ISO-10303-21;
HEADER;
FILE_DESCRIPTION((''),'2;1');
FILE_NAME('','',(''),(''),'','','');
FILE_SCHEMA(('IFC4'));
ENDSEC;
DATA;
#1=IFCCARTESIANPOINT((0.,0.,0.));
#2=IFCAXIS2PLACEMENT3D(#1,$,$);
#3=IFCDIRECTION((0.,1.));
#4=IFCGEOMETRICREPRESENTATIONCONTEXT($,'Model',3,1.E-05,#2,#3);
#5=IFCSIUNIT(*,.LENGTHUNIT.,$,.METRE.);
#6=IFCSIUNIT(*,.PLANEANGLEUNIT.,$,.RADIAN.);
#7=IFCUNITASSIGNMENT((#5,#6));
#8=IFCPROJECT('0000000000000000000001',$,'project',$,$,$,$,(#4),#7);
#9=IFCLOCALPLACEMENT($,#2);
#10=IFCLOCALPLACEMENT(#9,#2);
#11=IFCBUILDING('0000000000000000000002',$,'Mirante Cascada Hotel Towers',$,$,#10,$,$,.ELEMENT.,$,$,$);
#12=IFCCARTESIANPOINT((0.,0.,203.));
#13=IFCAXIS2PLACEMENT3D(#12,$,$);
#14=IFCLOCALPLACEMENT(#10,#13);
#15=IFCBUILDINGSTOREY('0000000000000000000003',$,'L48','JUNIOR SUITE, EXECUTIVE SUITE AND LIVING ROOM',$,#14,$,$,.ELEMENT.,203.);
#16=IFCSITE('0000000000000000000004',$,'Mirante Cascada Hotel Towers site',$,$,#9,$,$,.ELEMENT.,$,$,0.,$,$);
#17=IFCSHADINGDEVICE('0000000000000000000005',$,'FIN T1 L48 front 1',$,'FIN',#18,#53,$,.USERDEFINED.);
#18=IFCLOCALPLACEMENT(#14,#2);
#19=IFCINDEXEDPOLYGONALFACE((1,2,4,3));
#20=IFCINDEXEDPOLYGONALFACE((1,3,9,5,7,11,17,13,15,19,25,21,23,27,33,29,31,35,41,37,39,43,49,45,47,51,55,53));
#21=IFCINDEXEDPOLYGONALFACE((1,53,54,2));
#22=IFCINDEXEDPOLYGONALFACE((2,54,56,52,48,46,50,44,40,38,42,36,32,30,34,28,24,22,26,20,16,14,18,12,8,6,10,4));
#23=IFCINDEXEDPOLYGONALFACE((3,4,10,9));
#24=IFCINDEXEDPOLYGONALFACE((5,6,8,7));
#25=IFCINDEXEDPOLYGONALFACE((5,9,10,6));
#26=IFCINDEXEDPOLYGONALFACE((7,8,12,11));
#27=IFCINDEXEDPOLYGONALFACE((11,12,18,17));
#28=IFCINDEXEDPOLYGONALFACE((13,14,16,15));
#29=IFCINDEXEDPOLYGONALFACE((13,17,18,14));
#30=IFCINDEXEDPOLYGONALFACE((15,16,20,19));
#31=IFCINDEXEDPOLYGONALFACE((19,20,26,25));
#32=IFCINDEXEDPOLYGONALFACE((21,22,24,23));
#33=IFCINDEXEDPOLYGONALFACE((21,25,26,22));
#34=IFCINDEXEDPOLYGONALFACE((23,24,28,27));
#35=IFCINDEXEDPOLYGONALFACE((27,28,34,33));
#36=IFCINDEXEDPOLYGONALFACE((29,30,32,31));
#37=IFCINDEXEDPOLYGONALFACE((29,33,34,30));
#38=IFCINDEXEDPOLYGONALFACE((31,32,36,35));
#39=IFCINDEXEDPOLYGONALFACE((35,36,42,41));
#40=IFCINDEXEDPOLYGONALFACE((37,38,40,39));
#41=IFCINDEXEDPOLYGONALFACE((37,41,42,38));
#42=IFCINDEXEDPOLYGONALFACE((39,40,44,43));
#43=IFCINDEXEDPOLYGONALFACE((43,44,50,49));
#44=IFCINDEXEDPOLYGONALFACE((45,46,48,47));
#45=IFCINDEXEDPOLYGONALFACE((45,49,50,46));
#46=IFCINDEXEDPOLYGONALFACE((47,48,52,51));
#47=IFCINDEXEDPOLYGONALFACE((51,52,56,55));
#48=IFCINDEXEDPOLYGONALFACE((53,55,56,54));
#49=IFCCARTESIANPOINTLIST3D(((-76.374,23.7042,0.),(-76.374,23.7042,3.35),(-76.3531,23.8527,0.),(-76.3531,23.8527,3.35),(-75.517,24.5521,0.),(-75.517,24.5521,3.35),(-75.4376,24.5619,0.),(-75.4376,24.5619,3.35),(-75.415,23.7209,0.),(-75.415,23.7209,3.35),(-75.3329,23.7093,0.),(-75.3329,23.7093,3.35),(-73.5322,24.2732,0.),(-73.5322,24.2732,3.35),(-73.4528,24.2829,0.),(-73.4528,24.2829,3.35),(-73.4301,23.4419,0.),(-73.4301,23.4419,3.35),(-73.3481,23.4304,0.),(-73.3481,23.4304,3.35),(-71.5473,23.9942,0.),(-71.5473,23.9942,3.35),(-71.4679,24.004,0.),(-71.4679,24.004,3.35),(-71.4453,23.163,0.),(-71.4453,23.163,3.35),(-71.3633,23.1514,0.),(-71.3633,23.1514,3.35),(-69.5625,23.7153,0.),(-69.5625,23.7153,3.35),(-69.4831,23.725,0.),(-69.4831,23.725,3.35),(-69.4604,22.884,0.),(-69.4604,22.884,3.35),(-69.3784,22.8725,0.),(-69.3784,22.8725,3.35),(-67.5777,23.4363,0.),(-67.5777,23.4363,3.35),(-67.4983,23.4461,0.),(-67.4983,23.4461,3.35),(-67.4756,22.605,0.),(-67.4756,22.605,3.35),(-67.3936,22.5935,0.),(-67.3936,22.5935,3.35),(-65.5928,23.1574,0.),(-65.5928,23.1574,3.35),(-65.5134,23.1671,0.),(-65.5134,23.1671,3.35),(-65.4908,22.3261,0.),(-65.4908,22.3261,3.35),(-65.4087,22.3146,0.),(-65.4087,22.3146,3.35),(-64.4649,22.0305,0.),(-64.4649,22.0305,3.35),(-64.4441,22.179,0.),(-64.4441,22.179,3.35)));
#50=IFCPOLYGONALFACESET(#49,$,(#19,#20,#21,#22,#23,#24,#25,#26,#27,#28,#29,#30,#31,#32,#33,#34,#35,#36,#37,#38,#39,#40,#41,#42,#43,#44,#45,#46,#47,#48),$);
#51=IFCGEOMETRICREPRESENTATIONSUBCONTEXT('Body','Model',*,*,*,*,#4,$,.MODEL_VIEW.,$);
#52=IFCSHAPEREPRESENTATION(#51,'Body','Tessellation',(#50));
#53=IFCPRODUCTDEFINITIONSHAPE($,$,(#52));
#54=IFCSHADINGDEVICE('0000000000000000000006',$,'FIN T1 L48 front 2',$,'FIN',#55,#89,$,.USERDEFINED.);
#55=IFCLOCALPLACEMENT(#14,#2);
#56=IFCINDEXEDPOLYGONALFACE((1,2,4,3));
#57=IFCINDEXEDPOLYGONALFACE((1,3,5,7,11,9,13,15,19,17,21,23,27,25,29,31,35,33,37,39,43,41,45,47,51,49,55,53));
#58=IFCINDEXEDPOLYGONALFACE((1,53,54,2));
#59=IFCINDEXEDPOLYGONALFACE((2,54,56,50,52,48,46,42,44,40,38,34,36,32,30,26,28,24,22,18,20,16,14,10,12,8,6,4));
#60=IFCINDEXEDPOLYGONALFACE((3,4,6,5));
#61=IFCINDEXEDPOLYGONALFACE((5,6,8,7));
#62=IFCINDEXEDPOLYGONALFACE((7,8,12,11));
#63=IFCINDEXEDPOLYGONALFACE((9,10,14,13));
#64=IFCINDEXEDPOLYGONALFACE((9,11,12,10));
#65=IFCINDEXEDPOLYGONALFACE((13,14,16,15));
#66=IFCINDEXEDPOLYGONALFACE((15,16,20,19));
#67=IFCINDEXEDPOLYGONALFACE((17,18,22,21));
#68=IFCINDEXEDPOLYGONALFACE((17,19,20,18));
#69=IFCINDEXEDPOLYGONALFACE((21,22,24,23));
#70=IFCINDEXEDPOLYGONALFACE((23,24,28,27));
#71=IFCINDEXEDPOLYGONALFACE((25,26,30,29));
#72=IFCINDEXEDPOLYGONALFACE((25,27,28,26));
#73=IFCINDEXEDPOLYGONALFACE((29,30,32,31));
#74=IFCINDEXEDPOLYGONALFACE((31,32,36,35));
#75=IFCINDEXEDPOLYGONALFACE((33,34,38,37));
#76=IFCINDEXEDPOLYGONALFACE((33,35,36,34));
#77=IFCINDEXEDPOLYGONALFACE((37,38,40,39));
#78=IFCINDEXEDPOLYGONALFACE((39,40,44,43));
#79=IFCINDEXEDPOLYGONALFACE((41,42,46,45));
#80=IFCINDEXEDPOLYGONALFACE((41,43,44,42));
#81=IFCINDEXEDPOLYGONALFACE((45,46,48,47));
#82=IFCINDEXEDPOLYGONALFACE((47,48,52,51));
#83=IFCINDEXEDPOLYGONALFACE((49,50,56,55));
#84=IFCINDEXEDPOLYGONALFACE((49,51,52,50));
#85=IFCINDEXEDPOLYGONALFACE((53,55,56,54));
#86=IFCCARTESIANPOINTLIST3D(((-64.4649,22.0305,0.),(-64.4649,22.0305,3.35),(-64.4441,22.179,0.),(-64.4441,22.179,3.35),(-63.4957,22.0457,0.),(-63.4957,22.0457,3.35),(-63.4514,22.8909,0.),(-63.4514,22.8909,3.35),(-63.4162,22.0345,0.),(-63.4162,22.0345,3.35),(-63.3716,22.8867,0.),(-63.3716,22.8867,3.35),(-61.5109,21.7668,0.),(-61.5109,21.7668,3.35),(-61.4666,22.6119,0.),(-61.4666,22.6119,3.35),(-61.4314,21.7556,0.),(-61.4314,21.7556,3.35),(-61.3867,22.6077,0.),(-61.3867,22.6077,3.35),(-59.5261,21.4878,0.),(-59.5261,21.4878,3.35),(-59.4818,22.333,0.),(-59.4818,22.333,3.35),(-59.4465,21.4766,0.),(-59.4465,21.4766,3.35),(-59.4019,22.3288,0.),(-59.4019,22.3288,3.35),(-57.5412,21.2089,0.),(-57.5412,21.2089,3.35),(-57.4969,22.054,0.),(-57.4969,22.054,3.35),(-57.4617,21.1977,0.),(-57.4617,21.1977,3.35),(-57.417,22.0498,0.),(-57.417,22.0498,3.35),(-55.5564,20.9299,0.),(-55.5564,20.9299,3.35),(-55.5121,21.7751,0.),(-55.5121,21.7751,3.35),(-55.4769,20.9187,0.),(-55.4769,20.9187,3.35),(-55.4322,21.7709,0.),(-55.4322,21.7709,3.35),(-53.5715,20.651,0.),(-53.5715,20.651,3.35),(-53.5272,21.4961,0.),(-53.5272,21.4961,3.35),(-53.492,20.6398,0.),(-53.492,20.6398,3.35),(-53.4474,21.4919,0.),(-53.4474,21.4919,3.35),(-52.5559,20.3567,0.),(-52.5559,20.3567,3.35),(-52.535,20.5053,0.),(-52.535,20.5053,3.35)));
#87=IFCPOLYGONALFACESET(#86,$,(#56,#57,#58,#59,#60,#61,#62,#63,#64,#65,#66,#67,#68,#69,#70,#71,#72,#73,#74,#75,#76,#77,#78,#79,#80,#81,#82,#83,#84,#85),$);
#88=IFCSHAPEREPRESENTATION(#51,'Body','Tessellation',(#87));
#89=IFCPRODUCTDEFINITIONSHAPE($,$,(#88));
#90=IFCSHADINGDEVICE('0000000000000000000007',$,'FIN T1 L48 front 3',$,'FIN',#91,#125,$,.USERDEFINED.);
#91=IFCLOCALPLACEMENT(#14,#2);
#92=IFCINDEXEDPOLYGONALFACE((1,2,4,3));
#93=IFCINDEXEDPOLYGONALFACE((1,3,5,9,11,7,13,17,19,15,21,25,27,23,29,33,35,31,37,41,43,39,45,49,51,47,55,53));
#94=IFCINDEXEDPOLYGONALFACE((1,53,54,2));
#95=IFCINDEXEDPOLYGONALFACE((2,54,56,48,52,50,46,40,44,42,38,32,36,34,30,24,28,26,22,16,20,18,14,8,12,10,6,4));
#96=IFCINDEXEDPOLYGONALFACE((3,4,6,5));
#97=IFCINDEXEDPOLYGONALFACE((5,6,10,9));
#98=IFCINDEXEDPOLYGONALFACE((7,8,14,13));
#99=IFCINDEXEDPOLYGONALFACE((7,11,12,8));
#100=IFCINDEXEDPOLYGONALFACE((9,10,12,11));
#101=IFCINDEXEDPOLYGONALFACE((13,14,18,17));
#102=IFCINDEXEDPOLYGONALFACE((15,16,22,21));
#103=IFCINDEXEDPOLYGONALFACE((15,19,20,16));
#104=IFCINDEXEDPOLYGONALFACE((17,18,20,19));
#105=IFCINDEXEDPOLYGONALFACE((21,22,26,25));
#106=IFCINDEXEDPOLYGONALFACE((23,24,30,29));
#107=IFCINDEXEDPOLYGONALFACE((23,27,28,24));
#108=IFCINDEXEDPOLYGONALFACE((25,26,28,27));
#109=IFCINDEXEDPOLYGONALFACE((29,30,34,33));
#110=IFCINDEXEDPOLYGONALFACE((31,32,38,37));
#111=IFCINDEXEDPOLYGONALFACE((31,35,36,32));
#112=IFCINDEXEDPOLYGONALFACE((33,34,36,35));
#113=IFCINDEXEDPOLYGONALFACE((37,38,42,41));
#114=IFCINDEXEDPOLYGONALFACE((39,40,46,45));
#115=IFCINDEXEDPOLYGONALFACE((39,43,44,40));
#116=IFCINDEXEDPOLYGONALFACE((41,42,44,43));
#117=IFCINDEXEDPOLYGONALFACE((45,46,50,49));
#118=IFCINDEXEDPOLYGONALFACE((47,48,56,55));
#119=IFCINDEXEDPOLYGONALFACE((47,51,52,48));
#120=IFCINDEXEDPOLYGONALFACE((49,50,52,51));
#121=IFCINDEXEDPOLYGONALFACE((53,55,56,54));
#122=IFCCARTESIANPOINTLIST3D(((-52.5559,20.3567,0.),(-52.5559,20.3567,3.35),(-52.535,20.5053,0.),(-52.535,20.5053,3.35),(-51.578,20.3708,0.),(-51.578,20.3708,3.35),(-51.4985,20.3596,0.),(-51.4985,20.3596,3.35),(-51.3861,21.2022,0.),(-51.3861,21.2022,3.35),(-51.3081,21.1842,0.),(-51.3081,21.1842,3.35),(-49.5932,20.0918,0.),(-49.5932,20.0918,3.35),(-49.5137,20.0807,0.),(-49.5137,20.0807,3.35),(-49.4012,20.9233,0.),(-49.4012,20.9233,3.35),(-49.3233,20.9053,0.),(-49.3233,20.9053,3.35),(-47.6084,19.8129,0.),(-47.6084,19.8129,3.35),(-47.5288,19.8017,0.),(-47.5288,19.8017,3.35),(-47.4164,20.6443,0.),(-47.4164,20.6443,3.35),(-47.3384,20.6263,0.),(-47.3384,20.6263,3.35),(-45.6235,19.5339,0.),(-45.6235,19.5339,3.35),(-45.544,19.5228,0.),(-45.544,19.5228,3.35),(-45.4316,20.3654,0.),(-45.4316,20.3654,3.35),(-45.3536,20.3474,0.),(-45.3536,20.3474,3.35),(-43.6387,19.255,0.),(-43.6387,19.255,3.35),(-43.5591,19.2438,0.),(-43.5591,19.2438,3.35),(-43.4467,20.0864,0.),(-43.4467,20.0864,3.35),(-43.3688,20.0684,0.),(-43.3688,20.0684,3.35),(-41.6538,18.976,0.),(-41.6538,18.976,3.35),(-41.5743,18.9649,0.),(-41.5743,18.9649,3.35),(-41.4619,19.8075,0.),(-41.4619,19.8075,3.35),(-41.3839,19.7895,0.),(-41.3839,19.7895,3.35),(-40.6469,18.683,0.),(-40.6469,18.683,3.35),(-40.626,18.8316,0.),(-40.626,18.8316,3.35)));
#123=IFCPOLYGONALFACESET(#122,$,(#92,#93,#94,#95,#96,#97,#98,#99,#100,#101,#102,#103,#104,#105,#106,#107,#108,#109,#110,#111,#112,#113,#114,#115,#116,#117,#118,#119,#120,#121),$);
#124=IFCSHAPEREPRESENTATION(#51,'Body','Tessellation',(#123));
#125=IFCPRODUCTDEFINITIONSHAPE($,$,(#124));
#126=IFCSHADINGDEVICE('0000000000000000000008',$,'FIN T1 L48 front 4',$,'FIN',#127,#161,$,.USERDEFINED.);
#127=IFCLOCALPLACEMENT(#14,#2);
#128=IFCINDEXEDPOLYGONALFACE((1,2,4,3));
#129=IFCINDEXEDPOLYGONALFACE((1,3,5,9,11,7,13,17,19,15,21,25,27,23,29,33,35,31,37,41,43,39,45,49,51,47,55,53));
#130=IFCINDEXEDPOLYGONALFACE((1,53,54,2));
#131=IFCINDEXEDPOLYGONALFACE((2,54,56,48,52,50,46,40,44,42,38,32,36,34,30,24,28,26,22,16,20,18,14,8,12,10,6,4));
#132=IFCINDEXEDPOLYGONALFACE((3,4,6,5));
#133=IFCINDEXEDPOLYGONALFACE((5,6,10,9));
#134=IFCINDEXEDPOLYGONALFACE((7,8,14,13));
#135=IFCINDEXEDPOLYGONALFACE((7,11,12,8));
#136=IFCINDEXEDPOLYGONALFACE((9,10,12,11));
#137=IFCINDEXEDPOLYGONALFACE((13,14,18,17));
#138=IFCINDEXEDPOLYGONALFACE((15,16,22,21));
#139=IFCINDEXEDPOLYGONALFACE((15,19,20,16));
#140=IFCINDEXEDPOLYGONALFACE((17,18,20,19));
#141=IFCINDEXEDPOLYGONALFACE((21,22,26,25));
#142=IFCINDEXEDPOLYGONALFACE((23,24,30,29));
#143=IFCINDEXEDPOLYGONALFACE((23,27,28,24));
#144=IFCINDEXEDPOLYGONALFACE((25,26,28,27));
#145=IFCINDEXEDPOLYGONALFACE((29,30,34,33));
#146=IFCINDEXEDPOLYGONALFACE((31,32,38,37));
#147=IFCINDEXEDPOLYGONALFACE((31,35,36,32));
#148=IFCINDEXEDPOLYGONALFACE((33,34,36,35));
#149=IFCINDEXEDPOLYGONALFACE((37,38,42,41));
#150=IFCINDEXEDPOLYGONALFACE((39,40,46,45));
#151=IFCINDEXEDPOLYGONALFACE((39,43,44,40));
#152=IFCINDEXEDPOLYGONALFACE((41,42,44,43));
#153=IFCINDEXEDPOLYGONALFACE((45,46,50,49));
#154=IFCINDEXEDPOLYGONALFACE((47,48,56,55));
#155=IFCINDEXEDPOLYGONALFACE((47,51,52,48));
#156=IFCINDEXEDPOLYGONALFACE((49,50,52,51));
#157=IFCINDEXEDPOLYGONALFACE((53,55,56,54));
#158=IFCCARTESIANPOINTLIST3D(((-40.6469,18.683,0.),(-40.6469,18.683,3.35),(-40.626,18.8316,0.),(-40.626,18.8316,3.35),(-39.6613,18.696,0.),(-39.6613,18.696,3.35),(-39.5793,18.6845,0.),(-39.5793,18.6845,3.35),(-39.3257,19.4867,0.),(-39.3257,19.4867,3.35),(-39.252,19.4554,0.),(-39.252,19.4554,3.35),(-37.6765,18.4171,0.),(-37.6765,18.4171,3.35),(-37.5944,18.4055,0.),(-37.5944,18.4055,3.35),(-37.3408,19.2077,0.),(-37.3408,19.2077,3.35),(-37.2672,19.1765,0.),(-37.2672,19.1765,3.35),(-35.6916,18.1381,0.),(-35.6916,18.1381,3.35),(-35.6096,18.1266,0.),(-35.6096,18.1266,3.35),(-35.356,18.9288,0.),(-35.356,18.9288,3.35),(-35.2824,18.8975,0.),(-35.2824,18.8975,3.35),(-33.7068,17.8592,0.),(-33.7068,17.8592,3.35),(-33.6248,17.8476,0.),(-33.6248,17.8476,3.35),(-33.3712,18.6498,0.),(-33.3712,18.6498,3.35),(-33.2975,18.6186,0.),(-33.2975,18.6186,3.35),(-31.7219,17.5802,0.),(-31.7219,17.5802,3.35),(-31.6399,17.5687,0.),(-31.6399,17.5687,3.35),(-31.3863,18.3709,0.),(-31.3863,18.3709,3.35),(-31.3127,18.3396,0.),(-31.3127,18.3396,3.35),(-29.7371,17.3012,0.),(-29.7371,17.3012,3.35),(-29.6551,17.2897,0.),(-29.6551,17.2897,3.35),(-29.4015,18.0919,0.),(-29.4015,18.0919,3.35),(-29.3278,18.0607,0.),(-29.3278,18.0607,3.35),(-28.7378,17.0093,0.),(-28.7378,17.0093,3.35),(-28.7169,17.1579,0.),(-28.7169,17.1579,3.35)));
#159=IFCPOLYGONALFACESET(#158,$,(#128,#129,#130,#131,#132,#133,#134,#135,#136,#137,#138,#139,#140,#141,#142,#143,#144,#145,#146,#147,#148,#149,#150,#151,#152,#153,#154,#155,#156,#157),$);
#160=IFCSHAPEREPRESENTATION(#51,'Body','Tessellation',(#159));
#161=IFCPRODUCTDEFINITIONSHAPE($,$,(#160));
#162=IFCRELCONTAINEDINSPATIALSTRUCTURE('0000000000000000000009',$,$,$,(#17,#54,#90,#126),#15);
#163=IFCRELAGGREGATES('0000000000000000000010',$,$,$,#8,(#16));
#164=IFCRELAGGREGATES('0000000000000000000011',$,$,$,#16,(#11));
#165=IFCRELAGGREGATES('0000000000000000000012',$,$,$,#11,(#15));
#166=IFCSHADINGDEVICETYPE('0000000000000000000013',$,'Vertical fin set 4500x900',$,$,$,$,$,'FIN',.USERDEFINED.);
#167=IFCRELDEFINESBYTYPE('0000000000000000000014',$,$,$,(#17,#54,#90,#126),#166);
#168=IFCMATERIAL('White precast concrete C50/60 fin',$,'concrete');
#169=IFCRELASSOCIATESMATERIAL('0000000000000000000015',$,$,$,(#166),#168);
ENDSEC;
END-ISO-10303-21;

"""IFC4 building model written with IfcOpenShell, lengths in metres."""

from ifc_helpers import new_model, si_unit, direction, frame, origin, place, context, subcontext, project, spatial, polyline, outline, extrude, material, type_object, element, save


model = new_model("IFC4")

# Units and contexts
model_context = context("Model", 3, precision=1e-05, world=origin(), true_north=direction((0.0, 1.0)))
body_context = subcontext(model_context, "Body", "Model", "MODEL_VIEW")
ifc_project = project(units=[si_unit("LENGTHUNIT", "METRE"), si_unit("PLANEANGLEUNIT", "RADIAN")], contexts=[model_context])

# Site, building, storey
site_placement = place(None, origin())
site = spatial("IfcSite", under=ifc_project, at=site_placement, Name="Mirante Cascada Hotel Towers site", CompositionType="ELEMENT", RefElevation=0.0)
building_placement = place(site_placement, origin())
building = spatial("IfcBuilding", under=site, at=building_placement, Name="Mirante Cascada Hotel Towers", CompositionType="ELEMENT")
storey_placement = place(building_placement, frame((0.0, 0.0, 203.0)))
storey = spatial("IfcBuildingStorey", under=building, at=storey_placement, Name="L48", Description="JUNIOR SUITE, EXECUTIVE SUITE AND LIVING ROOM", CompositionType="ELEMENT", Elevation=203.0)

# Shading devices
ifc_material_1 = material(Name="White precast concrete C50/60 fin", Category="concrete")
shading_device_type = type_object("IfcShadingDeviceType", Name="Vertical fin set 4500x900", ElementType="FIN", PredefinedType="USERDEFINED", material=ifc_material_1)
shading_device_1_placement = place(storey_placement, origin())
element("IfcShadingDevice", 1, at=shading_device_1_placement, inside=storey, type_object=shading_device_type, Name="FIN T1 L48 front 1", ObjectType="FIN", PredefinedType="USERDEFINED", context=body_context, shape_type="SweptSolid", body=[
    extrude(outline(polyline([(-65.5134, 23.1671), (-65.4087, 22.3146), (-64.4441, 22.179), (-64.4649, 22.0305), (-76.374, 23.7042), (-76.3531, 23.8527), (-75.415, 23.7209), (-75.517, 24.5521), (-75.4376, 24.5619), (-75.3329, 23.7093), (-73.4301, 23.4419), (-73.5322, 24.2732), (-73.4528, 24.2829), (-73.3481, 23.4304), (-71.4453, 23.163), (-71.5473, 23.9942), (-71.4679, 24.004), (-71.3633, 23.1514), (-69.4604, 22.884), (-69.5625, 23.7153), (-69.4831, 23.725), (-69.3784, 22.8725), (-67.4756, 22.605), (-67.5777, 23.4363), (-67.4983, 23.4461), (-67.3936, 22.5935), (-65.4908, 22.3261), (-65.5928, 23.1574), (-65.5134, 23.1671)])), origin(), (0.0, 0.0, 1.0), 3.35),
])
shading_device_2_placement = place(storey_placement, origin())
element("IfcShadingDevice", 2, at=shading_device_2_placement, inside=storey, type_object=shading_device_type, Name="FIN T1 L48 front 2", ObjectType="FIN", PredefinedType="USERDEFINED", context=body_context, shape_type="SweptSolid", body=[
    extrude(outline(polyline([(-53.4474, 21.4919), (-53.492, 20.6398), (-52.535, 20.5053), (-52.5559, 20.3567), (-64.4649, 22.0305), (-64.4441, 22.179), (-63.4957, 22.0457), (-63.4514, 22.8909), (-63.3716, 22.8867), (-63.4162, 22.0345), (-61.5109, 21.7668), (-61.4666, 22.6119), (-61.3867, 22.6077), (-61.4314, 21.7556), (-59.5261, 21.4878), (-59.4818, 22.333), (-59.4019, 22.3288), (-59.4465, 21.4766), (-57.5412, 21.2089), (-57.4969, 22.054), (-57.417, 22.0498), (-57.4617, 21.1977), (-55.5564, 20.9299), (-55.5121, 21.7751), (-55.4322, 21.7709), (-55.4769, 20.9187), (-53.5715, 20.651), (-53.5272, 21.4961), (-53.4474, 21.4919)])), origin(), (0.0, 0.0, 1.0), 3.35),
])
shading_device_3_placement = place(storey_placement, origin())
element("IfcShadingDevice", 3, at=shading_device_3_placement, inside=storey, type_object=shading_device_type, Name="FIN T1 L48 front 3", ObjectType="FIN", PredefinedType="USERDEFINED", context=body_context, shape_type="SweptSolid", body=[
    extrude(outline(polyline([(-41.3839, 19.7895), (-41.5743, 18.9649), (-40.626, 18.8316), (-40.6469, 18.683), (-52.5559, 20.3567), (-52.535, 20.5053), (-51.578, 20.3708), (-51.3861, 21.2022), (-51.3081, 21.1842), (-51.4985, 20.3596), (-49.5932, 20.0918), (-49.4012, 20.9233), (-49.3233, 20.9053), (-49.5137, 20.0807), (-47.6084, 19.8129), (-47.4164, 20.6443), (-47.3384, 20.6263), (-47.5288, 19.8017), (-45.6235, 19.5339), (-45.4316, 20.3654), (-45.3536, 20.3474), (-45.544, 19.5228), (-43.6387, 19.255), (-43.4467, 20.0864), (-43.3688, 20.0684), (-43.5591, 19.2438), (-41.6538, 18.976), (-41.4619, 19.8075), (-41.3839, 19.7895)])), origin(), (0.0, 0.0, 1.0), 3.35),
])
shading_device_4_placement = place(storey_placement, origin())
element("IfcShadingDevice", 4, at=shading_device_4_placement, inside=storey, type_object=shading_device_type, Name="FIN T1 L48 front 4", ObjectType="FIN", PredefinedType="USERDEFINED", context=body_context, shape_type="SweptSolid", body=[
    extrude(outline(polyline([(-29.3278, 18.0607), (-29.6551, 17.2897), (-28.7169, 17.1579), (-28.7378, 17.0093), (-40.6469, 18.683), (-40.626, 18.8316), (-39.6613, 18.696), (-39.3257, 19.4867), (-39.252, 19.4554), (-39.5793, 18.6845), (-37.6765, 18.4171), (-37.3408, 19.2077), (-37.2672, 19.1765), (-37.5944, 18.4055), (-35.6916, 18.1381), (-35.356, 18.9288), (-35.2824, 18.8975), (-35.6096, 18.1266), (-33.7068, 17.8592), (-33.3712, 18.6498), (-33.2975, 18.6186), (-33.6248, 17.8476), (-31.7219, 17.5802), (-31.3863, 18.3709), (-31.3127, 18.3396), (-31.6399, 17.5687), (-29.7371, 17.3012), (-29.4015, 18.0919), (-29.3278, 18.0607)])), origin(), (0.0, 0.0, 1.0), 3.35),
])

save(model, "model.ifc")
